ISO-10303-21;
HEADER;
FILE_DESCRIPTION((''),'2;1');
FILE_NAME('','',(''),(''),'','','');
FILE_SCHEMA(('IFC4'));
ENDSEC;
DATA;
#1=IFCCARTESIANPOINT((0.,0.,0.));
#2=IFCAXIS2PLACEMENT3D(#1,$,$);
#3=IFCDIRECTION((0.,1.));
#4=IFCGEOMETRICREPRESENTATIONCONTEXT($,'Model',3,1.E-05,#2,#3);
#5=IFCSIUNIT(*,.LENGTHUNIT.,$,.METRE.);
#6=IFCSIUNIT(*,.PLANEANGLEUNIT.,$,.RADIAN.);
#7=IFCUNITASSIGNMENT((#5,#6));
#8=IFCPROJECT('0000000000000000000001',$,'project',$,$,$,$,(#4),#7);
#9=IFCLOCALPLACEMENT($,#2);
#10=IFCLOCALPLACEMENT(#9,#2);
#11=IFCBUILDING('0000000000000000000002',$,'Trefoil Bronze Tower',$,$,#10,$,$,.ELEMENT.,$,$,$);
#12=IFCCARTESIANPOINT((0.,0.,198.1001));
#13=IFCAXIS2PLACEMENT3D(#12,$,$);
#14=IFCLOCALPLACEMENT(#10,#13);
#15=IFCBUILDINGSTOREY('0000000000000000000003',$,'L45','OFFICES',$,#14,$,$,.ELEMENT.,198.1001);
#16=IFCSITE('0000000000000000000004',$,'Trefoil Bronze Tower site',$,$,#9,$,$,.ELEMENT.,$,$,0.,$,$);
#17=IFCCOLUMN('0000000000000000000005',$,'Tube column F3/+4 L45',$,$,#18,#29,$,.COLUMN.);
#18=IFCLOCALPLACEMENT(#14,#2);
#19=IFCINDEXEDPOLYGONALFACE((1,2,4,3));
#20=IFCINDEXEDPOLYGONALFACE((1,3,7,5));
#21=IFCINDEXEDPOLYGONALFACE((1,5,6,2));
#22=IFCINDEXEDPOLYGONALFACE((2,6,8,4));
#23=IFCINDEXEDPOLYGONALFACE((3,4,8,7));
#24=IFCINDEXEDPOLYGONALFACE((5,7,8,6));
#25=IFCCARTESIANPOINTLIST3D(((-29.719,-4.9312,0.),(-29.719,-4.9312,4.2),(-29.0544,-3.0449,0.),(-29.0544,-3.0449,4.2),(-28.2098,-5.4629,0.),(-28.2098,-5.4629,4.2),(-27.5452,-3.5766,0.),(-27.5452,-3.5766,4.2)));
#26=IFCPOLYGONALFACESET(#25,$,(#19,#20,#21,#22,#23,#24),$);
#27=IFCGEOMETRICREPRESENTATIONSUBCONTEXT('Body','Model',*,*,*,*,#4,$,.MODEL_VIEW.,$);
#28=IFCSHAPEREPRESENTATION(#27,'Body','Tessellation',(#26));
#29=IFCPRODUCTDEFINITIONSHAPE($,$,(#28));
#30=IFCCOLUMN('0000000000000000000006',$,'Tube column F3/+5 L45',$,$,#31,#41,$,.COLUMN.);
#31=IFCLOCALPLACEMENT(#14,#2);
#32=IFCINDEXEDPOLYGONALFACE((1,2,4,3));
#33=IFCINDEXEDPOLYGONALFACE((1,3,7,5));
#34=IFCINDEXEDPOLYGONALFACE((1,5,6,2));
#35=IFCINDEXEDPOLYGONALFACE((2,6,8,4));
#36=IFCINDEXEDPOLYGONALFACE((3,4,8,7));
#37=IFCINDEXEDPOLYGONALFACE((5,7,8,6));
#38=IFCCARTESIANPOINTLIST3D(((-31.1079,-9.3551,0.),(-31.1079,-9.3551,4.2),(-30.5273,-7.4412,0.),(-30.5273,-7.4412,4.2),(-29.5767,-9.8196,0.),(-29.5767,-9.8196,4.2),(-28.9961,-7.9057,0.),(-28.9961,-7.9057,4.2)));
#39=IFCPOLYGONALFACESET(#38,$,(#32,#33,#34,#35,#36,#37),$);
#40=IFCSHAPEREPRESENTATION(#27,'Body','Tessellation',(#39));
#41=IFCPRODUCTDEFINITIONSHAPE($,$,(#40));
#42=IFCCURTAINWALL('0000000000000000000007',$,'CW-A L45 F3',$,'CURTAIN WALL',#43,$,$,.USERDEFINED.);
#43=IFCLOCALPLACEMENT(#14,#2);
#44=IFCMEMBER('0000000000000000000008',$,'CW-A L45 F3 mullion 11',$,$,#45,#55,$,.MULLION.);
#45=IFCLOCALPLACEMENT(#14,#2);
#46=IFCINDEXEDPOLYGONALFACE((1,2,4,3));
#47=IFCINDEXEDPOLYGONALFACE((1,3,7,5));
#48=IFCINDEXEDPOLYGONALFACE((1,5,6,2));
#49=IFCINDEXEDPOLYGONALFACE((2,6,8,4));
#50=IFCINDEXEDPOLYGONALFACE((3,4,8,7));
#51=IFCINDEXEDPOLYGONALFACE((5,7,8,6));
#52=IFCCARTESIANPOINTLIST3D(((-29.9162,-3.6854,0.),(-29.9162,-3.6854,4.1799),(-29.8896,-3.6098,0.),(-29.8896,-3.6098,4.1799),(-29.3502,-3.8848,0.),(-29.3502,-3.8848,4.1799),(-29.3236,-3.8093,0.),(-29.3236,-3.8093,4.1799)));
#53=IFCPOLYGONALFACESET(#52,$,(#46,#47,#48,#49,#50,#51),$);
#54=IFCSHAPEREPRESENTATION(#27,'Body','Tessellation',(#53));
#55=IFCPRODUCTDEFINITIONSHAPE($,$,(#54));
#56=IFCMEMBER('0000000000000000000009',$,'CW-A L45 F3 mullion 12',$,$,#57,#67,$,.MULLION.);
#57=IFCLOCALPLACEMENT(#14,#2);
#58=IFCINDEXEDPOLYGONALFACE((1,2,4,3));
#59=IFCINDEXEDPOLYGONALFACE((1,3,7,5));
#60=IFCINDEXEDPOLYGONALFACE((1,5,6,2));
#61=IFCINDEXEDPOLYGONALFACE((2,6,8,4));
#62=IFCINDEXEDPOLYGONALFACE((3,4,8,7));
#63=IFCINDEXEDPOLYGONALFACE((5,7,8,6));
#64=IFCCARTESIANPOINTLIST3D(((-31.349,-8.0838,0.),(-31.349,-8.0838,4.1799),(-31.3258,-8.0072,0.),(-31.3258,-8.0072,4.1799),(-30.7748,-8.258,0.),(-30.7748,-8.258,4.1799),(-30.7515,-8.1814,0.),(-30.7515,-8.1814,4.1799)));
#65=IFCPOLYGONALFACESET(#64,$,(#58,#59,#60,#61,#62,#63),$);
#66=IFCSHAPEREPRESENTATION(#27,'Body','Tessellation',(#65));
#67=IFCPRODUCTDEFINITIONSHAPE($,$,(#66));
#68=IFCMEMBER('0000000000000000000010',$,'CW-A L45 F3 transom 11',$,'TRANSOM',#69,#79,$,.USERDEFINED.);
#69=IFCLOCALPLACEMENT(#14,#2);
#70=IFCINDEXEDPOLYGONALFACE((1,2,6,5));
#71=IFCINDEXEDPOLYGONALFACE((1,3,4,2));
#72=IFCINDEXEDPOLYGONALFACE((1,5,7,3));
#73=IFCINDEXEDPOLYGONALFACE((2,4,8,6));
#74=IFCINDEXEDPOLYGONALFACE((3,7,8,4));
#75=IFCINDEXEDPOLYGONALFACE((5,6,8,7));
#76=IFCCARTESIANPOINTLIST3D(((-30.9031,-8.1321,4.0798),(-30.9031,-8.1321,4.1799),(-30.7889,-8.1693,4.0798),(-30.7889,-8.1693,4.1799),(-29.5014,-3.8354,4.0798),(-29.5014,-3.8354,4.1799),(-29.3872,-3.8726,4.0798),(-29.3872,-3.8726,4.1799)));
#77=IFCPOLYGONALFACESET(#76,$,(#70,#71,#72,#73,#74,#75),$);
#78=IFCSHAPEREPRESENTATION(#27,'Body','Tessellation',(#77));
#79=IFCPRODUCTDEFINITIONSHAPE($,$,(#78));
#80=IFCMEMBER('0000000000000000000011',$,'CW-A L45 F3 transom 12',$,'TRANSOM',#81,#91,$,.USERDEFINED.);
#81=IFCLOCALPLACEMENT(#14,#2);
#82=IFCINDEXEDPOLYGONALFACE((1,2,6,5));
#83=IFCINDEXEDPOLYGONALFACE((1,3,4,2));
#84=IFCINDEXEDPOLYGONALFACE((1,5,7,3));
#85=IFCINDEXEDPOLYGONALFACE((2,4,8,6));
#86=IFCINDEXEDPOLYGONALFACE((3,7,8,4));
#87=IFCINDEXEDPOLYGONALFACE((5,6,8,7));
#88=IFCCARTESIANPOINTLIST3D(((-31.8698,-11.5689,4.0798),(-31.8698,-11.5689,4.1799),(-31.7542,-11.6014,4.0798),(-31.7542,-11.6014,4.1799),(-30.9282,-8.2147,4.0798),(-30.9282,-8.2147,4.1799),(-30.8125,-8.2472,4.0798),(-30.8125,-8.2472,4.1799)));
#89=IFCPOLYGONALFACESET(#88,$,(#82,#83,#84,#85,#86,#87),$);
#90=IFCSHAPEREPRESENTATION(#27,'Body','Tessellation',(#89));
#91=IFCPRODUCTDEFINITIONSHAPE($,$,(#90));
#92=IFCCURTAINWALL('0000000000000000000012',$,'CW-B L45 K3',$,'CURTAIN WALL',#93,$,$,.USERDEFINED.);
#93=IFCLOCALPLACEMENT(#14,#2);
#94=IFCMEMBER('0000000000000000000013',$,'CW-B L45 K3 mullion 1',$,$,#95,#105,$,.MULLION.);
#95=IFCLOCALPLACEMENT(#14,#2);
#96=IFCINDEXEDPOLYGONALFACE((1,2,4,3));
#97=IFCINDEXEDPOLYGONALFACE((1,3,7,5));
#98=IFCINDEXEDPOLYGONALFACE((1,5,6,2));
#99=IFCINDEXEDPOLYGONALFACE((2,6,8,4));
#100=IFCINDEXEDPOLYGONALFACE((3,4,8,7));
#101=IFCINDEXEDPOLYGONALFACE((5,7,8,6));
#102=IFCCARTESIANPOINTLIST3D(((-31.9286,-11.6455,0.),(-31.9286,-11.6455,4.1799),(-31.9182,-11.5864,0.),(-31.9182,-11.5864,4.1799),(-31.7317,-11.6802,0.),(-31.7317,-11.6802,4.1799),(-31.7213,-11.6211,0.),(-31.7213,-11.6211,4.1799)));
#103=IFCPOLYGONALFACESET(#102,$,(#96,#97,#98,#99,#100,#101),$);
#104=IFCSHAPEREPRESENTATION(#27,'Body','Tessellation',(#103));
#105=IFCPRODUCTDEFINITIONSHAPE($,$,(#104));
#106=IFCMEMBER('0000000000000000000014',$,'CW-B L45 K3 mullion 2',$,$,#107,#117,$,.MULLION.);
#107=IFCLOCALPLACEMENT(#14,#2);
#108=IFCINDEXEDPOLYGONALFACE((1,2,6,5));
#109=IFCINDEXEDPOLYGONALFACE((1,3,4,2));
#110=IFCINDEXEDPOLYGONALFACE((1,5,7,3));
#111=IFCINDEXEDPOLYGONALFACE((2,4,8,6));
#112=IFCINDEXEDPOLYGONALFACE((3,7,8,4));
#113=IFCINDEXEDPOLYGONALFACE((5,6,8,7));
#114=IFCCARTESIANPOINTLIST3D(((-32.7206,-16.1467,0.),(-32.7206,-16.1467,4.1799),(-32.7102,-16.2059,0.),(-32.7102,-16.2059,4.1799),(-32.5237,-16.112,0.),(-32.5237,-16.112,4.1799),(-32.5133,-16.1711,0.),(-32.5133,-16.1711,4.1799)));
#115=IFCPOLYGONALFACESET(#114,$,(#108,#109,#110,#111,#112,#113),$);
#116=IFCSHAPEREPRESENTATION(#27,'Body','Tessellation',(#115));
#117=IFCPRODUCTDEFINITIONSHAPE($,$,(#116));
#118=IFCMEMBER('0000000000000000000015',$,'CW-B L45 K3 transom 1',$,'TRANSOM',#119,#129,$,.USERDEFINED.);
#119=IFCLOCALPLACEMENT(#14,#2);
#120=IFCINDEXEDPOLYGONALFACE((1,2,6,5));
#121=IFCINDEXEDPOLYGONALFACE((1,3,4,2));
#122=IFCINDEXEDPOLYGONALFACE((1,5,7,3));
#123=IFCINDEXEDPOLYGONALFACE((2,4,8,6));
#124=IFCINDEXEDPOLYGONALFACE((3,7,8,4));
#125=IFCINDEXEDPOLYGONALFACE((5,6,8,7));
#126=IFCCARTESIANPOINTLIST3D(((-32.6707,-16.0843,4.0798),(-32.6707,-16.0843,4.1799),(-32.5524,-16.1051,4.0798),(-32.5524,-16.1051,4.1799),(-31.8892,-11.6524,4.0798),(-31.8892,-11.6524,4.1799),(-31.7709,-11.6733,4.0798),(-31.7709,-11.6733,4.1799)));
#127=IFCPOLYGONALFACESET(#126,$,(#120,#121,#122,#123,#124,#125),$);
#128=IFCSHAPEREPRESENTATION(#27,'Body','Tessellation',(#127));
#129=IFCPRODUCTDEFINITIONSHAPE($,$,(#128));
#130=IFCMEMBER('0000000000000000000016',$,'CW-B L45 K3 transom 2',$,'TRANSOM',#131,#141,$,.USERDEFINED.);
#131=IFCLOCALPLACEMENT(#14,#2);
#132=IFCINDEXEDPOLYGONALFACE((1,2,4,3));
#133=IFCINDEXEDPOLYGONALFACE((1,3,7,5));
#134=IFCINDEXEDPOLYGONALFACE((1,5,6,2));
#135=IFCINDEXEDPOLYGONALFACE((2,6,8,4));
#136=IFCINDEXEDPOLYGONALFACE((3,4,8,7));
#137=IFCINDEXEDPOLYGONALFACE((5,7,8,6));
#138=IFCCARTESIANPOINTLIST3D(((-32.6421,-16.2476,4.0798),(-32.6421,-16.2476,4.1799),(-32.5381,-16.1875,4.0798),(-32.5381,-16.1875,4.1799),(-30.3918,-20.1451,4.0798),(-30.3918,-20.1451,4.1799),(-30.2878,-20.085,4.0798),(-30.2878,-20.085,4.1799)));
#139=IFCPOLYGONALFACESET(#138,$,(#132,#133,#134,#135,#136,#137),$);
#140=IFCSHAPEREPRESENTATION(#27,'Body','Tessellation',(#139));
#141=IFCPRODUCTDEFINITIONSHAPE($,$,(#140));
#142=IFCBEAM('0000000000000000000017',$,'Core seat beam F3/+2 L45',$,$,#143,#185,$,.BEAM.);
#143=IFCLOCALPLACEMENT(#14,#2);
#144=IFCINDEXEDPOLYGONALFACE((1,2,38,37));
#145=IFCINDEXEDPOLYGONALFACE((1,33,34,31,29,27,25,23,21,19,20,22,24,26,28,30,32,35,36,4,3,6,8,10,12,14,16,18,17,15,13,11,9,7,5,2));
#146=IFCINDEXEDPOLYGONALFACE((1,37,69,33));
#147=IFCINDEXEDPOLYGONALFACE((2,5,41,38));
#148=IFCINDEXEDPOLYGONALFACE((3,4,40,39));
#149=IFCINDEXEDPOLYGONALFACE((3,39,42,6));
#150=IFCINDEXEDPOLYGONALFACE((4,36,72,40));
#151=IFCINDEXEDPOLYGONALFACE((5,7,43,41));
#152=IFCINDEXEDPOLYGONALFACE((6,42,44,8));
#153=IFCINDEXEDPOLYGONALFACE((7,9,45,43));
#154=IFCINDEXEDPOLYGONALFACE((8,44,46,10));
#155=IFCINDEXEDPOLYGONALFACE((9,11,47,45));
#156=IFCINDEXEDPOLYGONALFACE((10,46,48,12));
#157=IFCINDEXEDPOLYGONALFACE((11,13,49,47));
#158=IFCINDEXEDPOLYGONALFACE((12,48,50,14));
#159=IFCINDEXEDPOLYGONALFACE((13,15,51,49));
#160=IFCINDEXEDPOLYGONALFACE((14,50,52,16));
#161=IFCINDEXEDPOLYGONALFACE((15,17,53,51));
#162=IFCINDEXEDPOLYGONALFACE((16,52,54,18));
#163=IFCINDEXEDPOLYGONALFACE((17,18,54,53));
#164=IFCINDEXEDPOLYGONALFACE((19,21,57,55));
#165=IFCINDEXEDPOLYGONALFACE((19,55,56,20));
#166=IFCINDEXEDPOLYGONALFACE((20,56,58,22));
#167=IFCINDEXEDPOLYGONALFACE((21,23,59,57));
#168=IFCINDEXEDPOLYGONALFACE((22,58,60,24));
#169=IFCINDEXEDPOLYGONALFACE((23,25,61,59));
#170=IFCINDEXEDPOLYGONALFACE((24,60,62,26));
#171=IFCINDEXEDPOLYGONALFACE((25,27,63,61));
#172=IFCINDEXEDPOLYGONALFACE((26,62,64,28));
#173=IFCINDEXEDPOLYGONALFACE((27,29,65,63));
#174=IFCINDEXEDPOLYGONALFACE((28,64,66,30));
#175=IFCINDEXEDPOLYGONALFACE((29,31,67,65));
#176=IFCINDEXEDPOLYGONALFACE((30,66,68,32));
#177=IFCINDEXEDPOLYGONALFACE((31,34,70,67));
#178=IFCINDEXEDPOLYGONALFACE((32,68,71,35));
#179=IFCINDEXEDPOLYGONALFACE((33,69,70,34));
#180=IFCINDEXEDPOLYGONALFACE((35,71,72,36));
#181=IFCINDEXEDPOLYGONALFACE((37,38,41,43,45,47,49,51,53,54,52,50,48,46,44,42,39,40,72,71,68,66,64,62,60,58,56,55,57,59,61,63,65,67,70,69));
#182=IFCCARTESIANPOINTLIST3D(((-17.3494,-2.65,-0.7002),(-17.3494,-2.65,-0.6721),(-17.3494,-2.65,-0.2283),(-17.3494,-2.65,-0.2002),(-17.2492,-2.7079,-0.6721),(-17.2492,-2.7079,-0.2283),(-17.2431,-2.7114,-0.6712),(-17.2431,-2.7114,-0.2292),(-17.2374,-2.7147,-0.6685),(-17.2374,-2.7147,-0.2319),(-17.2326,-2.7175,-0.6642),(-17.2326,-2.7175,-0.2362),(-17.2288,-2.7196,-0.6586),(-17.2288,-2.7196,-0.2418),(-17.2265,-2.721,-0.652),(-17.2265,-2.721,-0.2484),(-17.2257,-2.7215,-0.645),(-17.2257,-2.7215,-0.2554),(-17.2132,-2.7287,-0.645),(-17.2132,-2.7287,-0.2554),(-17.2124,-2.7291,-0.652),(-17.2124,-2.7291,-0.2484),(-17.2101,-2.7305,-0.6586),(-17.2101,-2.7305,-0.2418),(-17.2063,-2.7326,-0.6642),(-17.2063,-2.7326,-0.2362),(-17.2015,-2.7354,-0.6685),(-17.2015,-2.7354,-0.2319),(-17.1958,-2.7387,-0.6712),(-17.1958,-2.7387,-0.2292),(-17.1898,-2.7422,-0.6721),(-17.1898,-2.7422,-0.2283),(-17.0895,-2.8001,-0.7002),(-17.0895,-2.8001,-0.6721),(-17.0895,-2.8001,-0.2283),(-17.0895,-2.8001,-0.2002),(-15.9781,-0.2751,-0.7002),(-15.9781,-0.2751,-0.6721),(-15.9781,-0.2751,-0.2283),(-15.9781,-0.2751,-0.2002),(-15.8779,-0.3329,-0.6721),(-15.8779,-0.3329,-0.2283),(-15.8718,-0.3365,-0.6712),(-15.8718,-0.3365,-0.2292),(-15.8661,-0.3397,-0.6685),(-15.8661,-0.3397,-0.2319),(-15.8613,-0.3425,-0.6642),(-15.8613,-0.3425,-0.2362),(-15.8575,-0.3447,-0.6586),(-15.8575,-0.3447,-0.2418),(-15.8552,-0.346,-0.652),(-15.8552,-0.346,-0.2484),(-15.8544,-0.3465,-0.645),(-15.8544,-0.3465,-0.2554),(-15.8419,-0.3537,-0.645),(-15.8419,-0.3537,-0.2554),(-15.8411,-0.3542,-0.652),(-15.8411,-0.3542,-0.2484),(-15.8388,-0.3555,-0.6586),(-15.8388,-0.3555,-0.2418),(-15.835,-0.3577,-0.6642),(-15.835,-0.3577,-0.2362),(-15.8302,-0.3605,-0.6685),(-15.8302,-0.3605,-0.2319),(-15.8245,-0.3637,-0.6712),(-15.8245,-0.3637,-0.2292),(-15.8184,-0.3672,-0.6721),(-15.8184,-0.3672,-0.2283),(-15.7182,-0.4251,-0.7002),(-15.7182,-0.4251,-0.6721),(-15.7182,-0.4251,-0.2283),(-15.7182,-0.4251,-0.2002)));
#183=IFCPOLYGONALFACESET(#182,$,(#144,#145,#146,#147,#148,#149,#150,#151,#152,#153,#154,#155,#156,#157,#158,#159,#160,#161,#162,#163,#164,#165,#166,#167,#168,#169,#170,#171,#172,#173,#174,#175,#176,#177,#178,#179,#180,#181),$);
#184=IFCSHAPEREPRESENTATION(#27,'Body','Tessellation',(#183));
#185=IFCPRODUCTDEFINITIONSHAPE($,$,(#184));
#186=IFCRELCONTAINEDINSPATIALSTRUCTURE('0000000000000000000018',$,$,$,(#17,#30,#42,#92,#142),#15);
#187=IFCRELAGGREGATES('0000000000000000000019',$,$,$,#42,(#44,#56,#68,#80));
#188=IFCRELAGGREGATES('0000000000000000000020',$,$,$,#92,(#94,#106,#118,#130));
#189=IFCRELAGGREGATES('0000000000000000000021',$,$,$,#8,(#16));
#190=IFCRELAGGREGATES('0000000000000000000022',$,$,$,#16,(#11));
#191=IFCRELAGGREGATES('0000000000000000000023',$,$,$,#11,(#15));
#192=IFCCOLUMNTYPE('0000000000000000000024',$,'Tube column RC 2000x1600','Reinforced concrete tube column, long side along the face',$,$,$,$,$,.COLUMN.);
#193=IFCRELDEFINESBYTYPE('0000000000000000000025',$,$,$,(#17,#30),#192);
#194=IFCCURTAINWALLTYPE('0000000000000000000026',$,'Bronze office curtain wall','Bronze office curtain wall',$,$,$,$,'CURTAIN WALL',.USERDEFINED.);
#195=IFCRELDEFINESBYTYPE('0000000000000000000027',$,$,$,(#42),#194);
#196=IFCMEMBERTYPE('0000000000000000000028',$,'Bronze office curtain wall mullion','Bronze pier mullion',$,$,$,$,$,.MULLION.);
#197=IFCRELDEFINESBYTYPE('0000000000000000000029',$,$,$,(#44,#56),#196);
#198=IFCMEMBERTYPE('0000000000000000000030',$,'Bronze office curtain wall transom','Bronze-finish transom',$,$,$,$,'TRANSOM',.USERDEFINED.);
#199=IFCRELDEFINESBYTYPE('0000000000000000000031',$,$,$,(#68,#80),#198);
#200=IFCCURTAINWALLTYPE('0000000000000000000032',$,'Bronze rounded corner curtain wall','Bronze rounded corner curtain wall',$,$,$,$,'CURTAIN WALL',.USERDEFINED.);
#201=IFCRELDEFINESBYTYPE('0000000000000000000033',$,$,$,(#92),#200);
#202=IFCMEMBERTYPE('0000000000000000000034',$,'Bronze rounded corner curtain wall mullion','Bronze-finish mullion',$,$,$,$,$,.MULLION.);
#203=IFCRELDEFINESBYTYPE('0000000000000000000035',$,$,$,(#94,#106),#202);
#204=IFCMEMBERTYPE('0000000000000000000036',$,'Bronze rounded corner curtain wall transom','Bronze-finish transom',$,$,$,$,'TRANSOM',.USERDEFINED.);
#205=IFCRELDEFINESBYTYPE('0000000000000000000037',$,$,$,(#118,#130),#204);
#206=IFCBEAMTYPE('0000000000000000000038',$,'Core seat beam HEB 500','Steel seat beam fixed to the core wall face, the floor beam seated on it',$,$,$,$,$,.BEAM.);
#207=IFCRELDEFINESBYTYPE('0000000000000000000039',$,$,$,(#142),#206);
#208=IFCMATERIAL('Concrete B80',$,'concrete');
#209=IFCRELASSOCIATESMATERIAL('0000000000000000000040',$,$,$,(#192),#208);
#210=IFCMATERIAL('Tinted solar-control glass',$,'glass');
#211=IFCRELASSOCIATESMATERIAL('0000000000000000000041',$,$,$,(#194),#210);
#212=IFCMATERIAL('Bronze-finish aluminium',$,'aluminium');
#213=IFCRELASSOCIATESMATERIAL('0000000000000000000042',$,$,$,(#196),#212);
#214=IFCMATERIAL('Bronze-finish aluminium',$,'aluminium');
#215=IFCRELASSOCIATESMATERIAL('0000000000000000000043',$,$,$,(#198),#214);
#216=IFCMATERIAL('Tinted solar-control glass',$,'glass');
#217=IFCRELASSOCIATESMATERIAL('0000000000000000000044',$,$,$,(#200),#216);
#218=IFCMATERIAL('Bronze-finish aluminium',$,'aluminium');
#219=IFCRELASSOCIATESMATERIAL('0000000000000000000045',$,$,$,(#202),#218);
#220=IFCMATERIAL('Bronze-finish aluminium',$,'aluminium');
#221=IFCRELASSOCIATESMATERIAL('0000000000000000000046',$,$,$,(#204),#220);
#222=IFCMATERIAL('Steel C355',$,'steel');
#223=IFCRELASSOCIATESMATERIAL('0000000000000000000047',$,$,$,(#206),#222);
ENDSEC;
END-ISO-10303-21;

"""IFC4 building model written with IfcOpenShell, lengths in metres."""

from ifc_helpers import new_model, si_unit, direction, frame, origin, origin_2d, place, context, subcontext, project, spatial, rectangle, i_section, extrude, material, material_profile, profile_set, type_object, element, aggregate, save


model = new_model("IFC4")

# Units and contexts
model_context = context("Model", 3, precision=1e-05, world=origin(), true_north=direction((0.0, 1.0)))
body_context = subcontext(model_context, "Body", "Model", "MODEL_VIEW")
ifc_project = project(units=[si_unit("LENGTHUNIT", "METRE"), si_unit("PLANEANGLEUNIT", "RADIAN")], contexts=[model_context])

# Site, building, storey
site_placement = place(None, origin())
site = spatial("IfcSite", under=ifc_project, at=site_placement, Name="Trefoil Bronze Tower site", CompositionType="ELEMENT", RefElevation=0.0)
building_placement = place(site_placement, origin())
building = spatial("IfcBuilding", under=site, at=building_placement, Name="Trefoil Bronze Tower", CompositionType="ELEMENT")
storey_placement = place(building_placement, frame((0.0, 0.0, 198.1001)))
storey = spatial("IfcBuildingStorey", under=building, at=storey_placement, Name="L45", Description="OFFICES", CompositionType="ELEMENT", Elevation=198.1001)

# Columns
ifc_material_1 = material(Name="Concrete B80", Category="concrete")
ifc_material_profile_1 = material_profile(ifc_material_1, rectangle(XDim=2.0, YDim=1.6001, at=origin_2d()), Name="RC 2000x1600")
ifc_profile_set_1 = profile_set([ifc_material_profile_1], Name="Concrete B80")
column_type = type_object("IfcColumnType", Name="Tube column RC 2000x1600", Description="Reinforced concrete tube column, long side along the face", PredefinedType="COLUMN", material=ifc_profile_set_1)
for number, where, z_axis, x_axis, name in (
    (1, (-28.6321, -4.2539, 0.0), (0.0, 0.0, 1.0), (-0.332282, -0.94318, 0.0), "Tube column F3/+4 L45"),
    (2, (-30.052, -8.6304, 0.0), (0.0, 0.0, 1.0), (-0.290278, -0.956942, 0.0), "Tube column F3/+5 L45"),
):
    element("IfcColumn", number, at=place(storey_placement, frame(where, z_axis=z_axis, x_axis=x_axis)), inside=storey, type_object=column_type, Name=name, PredefinedType="COLUMN", context=body_context, shape_type="SweptSolid", body=[
        extrude(rectangle(XDim=2.0, YDim=1.6001, at=origin_2d()), origin(), (0.0, 0.0, 1.0), 4.2),
    ])

# Curtain walls, members
ifc_material_2 = material(Name="Tinted solar-control glass", Category="glass")
curtain_wall_type_1 = type_object("IfcCurtainWallType", Name="Bronze office curtain wall", Description="Bronze office curtain wall", ElementType="CURTAIN WALL", PredefinedType="USERDEFINED", material=ifc_material_2)
curtain_wall_1_placement = place(storey_placement, origin())
curtain_wall_1 = element("IfcCurtainWall", 3, at=curtain_wall_1_placement, inside=storey, type_object=curtain_wall_type_1, Name="CW-A L45 F3", ObjectType="CURTAIN WALL", PredefinedType="USERDEFINED")
ifc_material_3 = material(Name="Bronze-finish aluminium", Category="aluminium")
ifc_material_profile_2 = material_profile(ifc_material_3, rectangle(XDim=0.6001, YDim=0.0801, at=origin_2d()), Name="CW-A mullion")
ifc_profile_set_2 = profile_set([ifc_material_profile_2], Name="Bronze-finish aluminium")
member_type_1 = type_object("IfcMemberType", Name="Bronze office curtain wall mullion", Description="Bronze pier mullion", PredefinedType="MULLION", material=ifc_profile_set_2)
member_1_placement = place(storey_placement, frame((-29.6199, -3.7473, 0.0), z_axis=(0.0, 0.0, 1.0), x_axis=(0.94318, -0.332282, 0.0)))
member_1 = element("IfcMember", 4, at=member_1_placement, type_object=member_type_1, Name="CW-A L45 F3 mullion 11", PredefinedType="MULLION", context=body_context, shape_type="SweptSolid", body=[
    extrude(rectangle(XDim=0.6001, YDim=0.0801, at=origin_2d()), origin(), (0.0, 0.0, 1.0), 4.1799),
])
member_2_placement = place(storey_placement, frame((-31.0503, -8.1326, 0.0), z_axis=(0.0, 0.0, 1.0), x_axis=(0.956942, -0.290278, 0.0)))
member_2 = element("IfcMember", 5, at=member_2_placement, type_object=member_type_1, Name="CW-A L45 F3 mullion 12", PredefinedType="MULLION", context=body_context, shape_type="SweptSolid", body=[
    extrude(rectangle(XDim=0.6001, YDim=0.0801, at=origin_2d()), origin(), (0.0, 0.0, 1.0), 4.1799),
])
ifc_material_4 = material(Name="Bronze-finish aluminium", Category="aluminium")
ifc_material_profile_3 = material_profile(ifc_material_4, rectangle(XDim=0.1201, YDim=0.1001, at=origin_2d()), Name="CW-A transom")
ifc_profile_set_3 = profile_set([ifc_material_profile_3], Name="Bronze-finish aluminium")
member_type_2 = type_object("IfcMemberType", Name="Bronze office curtain wall transom", Description="Bronze-finish transom", ElementType="TRANSOM", PredefinedType="USERDEFINED", material=ifc_profile_set_3)
member_3_placement = place(storey_placement, frame((-29.4443, -3.854, 4.1299), z_axis=(-0.310128, -0.950695, 0.0), x_axis=(0.950695, -0.310128, 0.0)))
member_3 = element("IfcMember", 6, at=member_3_placement, type_object=member_type_2, Name="CW-A L45 F3 transom 11", ObjectType="TRANSOM", PredefinedType="USERDEFINED", context=body_context, shape_type="SweptSolid", body=[
    extrude(rectangle(XDim=0.1201, YDim=0.1001, at=origin_2d()), origin(), (0.0, 0.0, 1.0), 4.5195),
])
member_4_placement = place(storey_placement, frame((-30.8704, -8.231, 4.1299), z_axis=(-0.270285, -0.96278, 0.0), x_axis=(0.96278, -0.270285, 0.0)))
member_4 = element("IfcMember", 7, at=member_4_placement, type_object=member_type_2, Name="CW-A L45 F3 transom 12", ObjectType="TRANSOM", PredefinedType="USERDEFINED", context=body_context, shape_type="SweptSolid", body=[
    extrude(rectangle(XDim=0.1201, YDim=0.1001, at=origin_2d()), origin(), (0.0, 0.0, 1.0), 3.4839),
])
ifc_material_5 = material(Name="Tinted solar-control glass", Category="glass")
curtain_wall_type_2 = type_object("IfcCurtainWallType", Name="Bronze rounded corner curtain wall", Description="Bronze rounded corner curtain wall", ElementType="CURTAIN WALL", PredefinedType="USERDEFINED", material=ifc_material_5)
curtain_wall_2_placement = place(storey_placement, origin())
curtain_wall_2 = element("IfcCurtainWall", 8, at=curtain_wall_2_placement, inside=storey, type_object=curtain_wall_type_2, Name="CW-B L45 K3", ObjectType="CURTAIN WALL", PredefinedType="USERDEFINED")
ifc_material_6 = material(Name="Bronze-finish aluminium", Category="aluminium")
ifc_material_profile_4 = material_profile(ifc_material_6, rectangle(XDim=0.2, YDim=0.0601, at=origin_2d()), Name="CW-B mullion")
ifc_profile_set_4 = profile_set([ifc_material_profile_4], Name="Bronze-finish aluminium")
member_type_3 = type_object("IfcMemberType", Name="Bronze rounded corner curtain wall mullion", Description="Bronze-finish mullion", PredefinedType="MULLION", material=ifc_profile_set_4)
member_5_placement = place(storey_placement, frame((-31.825, -11.6333, 0.0), z_axis=(0.0, 0.0, 1.0), x_axis=(0.984808, -0.173648, 0.0)))
member_5 = element("IfcMember", 9, at=member_5_placement, type_object=member_type_3, Name="CW-B L45 K3 mullion 1", PredefinedType="MULLION", context=body_context, shape_type="SweptSolid", body=[
    extrude(rectangle(XDim=0.2, YDim=0.0601, at=origin_2d()), origin(), (0.0, 0.0, 1.0), 4.1799),
])
member_6_placement = place(storey_placement, frame((-32.6169, -16.1589, 0.0), z_axis=(0.0, 0.0, 1.0), x_axis=(0.984808, 0.173648, 0.0)))
member_6 = element("IfcMember", 10, at=member_6_placement, type_object=member_type_3, Name="CW-B L45 K3 mullion 2", PredefinedType="MULLION", context=body_context, shape_type="SweptSolid", body=[
    extrude(rectangle(XDim=0.2, YDim=0.0601, at=origin_2d()), origin(), (0.0, 0.0, 1.0), 4.1799),
])
ifc_material_7 = material(Name="Bronze-finish aluminium", Category="aluminium")
ifc_material_profile_5 = material_profile(ifc_material_7, rectangle(XDim=0.1201, YDim=0.1001, at=origin_2d()), Name="CW-B transom")
ifc_profile_set_5 = profile_set([ifc_material_profile_5], Name="Bronze-finish aluminium")
member_type_4 = type_object("IfcMemberType", Name="Bronze rounded corner curtain wall transom", Description="Bronze-finish transom", ElementType="TRANSOM", PredefinedType="USERDEFINED", material=ifc_profile_set_5)
member_7_placement = place(storey_placement, frame((-31.8301, -11.6628, 4.1299), z_axis=(-0.173655, -0.984806, 0.0), x_axis=(0.984806, -0.173655, 0.0)))
member_7 = element("IfcMember", 11, at=member_7_placement, type_object=member_type_4, Name="CW-B L45 K3 transom 1", ObjectType="TRANSOM", PredefinedType="USERDEFINED", context=body_context, shape_type="SweptSolid", body=[
    extrude(rectangle(XDim=0.1201, YDim=0.1001, at=origin_2d()), origin(), (0.0, 0.0, 1.0), 4.5002),
])
member_8_placement = place(storey_placement, frame((-32.5901, -16.2175, 4.1299), z_axis=(0.500007, -0.866021, 0.0), x_axis=(0.866021, 0.500007, 0.0)))
member_8 = element("IfcMember", 12, at=member_8_placement, type_object=member_type_4, Name="CW-B L45 K3 transom 2", ObjectType="TRANSOM", PredefinedType="USERDEFINED", context=body_context, shape_type="SweptSolid", body=[
    extrude(rectangle(XDim=0.1201, YDim=0.1001, at=origin_2d()), origin(), (0.0, 0.0, 1.0), 4.5005),
])

# Beam
ifc_material_8 = material(Name="Steel C355", Category="steel")
ifc_material_profile_6 = material_profile(ifc_material_8, i_section(OverallWidth=0.3, OverallDepth=0.5, WebThickness=0.0144, FlangeThickness=0.0281, FilletRadius=0.0271, at=origin_2d()), Name="HEB 500")
ifc_profile_set_6 = profile_set([ifc_material_profile_6], Name="Steel C355")
beam_type_1 = type_object("IfcBeamType", Name="Core seat beam HEB 500", Description="Steel seat beam fixed to the core wall face, the floor beam seated on it", PredefinedType="BEAM", material=ifc_profile_set_6)
beam_1_placement = place(storey_placement, frame((-15.8481, -0.3501, -0.4502), z_axis=(-0.500036, -0.866005, 0.0), x_axis=(0.866005, -0.500036, 0.0)))
element("IfcBeam", 13, at=beam_1_placement, inside=storey, type_object=beam_type_1, Name="Core seat beam F3/+2 L45", PredefinedType="BEAM", context=body_context, shape_type="SweptSolid", body=[
    extrude(i_section(OverallWidth=0.3, OverallDepth=0.5, WebThickness=0.0144, FlangeThickness=0.0281, FilletRadius=0.0271, at=origin_2d()), origin(), (0.0, 0.0, 1.0), 2.7424),
])

aggregate(curtain_wall_1, [member_1, member_2, member_3, member_4])
aggregate(curtain_wall_2, [member_5, member_6, member_7, member_8])

save(model, "model.ifc")
